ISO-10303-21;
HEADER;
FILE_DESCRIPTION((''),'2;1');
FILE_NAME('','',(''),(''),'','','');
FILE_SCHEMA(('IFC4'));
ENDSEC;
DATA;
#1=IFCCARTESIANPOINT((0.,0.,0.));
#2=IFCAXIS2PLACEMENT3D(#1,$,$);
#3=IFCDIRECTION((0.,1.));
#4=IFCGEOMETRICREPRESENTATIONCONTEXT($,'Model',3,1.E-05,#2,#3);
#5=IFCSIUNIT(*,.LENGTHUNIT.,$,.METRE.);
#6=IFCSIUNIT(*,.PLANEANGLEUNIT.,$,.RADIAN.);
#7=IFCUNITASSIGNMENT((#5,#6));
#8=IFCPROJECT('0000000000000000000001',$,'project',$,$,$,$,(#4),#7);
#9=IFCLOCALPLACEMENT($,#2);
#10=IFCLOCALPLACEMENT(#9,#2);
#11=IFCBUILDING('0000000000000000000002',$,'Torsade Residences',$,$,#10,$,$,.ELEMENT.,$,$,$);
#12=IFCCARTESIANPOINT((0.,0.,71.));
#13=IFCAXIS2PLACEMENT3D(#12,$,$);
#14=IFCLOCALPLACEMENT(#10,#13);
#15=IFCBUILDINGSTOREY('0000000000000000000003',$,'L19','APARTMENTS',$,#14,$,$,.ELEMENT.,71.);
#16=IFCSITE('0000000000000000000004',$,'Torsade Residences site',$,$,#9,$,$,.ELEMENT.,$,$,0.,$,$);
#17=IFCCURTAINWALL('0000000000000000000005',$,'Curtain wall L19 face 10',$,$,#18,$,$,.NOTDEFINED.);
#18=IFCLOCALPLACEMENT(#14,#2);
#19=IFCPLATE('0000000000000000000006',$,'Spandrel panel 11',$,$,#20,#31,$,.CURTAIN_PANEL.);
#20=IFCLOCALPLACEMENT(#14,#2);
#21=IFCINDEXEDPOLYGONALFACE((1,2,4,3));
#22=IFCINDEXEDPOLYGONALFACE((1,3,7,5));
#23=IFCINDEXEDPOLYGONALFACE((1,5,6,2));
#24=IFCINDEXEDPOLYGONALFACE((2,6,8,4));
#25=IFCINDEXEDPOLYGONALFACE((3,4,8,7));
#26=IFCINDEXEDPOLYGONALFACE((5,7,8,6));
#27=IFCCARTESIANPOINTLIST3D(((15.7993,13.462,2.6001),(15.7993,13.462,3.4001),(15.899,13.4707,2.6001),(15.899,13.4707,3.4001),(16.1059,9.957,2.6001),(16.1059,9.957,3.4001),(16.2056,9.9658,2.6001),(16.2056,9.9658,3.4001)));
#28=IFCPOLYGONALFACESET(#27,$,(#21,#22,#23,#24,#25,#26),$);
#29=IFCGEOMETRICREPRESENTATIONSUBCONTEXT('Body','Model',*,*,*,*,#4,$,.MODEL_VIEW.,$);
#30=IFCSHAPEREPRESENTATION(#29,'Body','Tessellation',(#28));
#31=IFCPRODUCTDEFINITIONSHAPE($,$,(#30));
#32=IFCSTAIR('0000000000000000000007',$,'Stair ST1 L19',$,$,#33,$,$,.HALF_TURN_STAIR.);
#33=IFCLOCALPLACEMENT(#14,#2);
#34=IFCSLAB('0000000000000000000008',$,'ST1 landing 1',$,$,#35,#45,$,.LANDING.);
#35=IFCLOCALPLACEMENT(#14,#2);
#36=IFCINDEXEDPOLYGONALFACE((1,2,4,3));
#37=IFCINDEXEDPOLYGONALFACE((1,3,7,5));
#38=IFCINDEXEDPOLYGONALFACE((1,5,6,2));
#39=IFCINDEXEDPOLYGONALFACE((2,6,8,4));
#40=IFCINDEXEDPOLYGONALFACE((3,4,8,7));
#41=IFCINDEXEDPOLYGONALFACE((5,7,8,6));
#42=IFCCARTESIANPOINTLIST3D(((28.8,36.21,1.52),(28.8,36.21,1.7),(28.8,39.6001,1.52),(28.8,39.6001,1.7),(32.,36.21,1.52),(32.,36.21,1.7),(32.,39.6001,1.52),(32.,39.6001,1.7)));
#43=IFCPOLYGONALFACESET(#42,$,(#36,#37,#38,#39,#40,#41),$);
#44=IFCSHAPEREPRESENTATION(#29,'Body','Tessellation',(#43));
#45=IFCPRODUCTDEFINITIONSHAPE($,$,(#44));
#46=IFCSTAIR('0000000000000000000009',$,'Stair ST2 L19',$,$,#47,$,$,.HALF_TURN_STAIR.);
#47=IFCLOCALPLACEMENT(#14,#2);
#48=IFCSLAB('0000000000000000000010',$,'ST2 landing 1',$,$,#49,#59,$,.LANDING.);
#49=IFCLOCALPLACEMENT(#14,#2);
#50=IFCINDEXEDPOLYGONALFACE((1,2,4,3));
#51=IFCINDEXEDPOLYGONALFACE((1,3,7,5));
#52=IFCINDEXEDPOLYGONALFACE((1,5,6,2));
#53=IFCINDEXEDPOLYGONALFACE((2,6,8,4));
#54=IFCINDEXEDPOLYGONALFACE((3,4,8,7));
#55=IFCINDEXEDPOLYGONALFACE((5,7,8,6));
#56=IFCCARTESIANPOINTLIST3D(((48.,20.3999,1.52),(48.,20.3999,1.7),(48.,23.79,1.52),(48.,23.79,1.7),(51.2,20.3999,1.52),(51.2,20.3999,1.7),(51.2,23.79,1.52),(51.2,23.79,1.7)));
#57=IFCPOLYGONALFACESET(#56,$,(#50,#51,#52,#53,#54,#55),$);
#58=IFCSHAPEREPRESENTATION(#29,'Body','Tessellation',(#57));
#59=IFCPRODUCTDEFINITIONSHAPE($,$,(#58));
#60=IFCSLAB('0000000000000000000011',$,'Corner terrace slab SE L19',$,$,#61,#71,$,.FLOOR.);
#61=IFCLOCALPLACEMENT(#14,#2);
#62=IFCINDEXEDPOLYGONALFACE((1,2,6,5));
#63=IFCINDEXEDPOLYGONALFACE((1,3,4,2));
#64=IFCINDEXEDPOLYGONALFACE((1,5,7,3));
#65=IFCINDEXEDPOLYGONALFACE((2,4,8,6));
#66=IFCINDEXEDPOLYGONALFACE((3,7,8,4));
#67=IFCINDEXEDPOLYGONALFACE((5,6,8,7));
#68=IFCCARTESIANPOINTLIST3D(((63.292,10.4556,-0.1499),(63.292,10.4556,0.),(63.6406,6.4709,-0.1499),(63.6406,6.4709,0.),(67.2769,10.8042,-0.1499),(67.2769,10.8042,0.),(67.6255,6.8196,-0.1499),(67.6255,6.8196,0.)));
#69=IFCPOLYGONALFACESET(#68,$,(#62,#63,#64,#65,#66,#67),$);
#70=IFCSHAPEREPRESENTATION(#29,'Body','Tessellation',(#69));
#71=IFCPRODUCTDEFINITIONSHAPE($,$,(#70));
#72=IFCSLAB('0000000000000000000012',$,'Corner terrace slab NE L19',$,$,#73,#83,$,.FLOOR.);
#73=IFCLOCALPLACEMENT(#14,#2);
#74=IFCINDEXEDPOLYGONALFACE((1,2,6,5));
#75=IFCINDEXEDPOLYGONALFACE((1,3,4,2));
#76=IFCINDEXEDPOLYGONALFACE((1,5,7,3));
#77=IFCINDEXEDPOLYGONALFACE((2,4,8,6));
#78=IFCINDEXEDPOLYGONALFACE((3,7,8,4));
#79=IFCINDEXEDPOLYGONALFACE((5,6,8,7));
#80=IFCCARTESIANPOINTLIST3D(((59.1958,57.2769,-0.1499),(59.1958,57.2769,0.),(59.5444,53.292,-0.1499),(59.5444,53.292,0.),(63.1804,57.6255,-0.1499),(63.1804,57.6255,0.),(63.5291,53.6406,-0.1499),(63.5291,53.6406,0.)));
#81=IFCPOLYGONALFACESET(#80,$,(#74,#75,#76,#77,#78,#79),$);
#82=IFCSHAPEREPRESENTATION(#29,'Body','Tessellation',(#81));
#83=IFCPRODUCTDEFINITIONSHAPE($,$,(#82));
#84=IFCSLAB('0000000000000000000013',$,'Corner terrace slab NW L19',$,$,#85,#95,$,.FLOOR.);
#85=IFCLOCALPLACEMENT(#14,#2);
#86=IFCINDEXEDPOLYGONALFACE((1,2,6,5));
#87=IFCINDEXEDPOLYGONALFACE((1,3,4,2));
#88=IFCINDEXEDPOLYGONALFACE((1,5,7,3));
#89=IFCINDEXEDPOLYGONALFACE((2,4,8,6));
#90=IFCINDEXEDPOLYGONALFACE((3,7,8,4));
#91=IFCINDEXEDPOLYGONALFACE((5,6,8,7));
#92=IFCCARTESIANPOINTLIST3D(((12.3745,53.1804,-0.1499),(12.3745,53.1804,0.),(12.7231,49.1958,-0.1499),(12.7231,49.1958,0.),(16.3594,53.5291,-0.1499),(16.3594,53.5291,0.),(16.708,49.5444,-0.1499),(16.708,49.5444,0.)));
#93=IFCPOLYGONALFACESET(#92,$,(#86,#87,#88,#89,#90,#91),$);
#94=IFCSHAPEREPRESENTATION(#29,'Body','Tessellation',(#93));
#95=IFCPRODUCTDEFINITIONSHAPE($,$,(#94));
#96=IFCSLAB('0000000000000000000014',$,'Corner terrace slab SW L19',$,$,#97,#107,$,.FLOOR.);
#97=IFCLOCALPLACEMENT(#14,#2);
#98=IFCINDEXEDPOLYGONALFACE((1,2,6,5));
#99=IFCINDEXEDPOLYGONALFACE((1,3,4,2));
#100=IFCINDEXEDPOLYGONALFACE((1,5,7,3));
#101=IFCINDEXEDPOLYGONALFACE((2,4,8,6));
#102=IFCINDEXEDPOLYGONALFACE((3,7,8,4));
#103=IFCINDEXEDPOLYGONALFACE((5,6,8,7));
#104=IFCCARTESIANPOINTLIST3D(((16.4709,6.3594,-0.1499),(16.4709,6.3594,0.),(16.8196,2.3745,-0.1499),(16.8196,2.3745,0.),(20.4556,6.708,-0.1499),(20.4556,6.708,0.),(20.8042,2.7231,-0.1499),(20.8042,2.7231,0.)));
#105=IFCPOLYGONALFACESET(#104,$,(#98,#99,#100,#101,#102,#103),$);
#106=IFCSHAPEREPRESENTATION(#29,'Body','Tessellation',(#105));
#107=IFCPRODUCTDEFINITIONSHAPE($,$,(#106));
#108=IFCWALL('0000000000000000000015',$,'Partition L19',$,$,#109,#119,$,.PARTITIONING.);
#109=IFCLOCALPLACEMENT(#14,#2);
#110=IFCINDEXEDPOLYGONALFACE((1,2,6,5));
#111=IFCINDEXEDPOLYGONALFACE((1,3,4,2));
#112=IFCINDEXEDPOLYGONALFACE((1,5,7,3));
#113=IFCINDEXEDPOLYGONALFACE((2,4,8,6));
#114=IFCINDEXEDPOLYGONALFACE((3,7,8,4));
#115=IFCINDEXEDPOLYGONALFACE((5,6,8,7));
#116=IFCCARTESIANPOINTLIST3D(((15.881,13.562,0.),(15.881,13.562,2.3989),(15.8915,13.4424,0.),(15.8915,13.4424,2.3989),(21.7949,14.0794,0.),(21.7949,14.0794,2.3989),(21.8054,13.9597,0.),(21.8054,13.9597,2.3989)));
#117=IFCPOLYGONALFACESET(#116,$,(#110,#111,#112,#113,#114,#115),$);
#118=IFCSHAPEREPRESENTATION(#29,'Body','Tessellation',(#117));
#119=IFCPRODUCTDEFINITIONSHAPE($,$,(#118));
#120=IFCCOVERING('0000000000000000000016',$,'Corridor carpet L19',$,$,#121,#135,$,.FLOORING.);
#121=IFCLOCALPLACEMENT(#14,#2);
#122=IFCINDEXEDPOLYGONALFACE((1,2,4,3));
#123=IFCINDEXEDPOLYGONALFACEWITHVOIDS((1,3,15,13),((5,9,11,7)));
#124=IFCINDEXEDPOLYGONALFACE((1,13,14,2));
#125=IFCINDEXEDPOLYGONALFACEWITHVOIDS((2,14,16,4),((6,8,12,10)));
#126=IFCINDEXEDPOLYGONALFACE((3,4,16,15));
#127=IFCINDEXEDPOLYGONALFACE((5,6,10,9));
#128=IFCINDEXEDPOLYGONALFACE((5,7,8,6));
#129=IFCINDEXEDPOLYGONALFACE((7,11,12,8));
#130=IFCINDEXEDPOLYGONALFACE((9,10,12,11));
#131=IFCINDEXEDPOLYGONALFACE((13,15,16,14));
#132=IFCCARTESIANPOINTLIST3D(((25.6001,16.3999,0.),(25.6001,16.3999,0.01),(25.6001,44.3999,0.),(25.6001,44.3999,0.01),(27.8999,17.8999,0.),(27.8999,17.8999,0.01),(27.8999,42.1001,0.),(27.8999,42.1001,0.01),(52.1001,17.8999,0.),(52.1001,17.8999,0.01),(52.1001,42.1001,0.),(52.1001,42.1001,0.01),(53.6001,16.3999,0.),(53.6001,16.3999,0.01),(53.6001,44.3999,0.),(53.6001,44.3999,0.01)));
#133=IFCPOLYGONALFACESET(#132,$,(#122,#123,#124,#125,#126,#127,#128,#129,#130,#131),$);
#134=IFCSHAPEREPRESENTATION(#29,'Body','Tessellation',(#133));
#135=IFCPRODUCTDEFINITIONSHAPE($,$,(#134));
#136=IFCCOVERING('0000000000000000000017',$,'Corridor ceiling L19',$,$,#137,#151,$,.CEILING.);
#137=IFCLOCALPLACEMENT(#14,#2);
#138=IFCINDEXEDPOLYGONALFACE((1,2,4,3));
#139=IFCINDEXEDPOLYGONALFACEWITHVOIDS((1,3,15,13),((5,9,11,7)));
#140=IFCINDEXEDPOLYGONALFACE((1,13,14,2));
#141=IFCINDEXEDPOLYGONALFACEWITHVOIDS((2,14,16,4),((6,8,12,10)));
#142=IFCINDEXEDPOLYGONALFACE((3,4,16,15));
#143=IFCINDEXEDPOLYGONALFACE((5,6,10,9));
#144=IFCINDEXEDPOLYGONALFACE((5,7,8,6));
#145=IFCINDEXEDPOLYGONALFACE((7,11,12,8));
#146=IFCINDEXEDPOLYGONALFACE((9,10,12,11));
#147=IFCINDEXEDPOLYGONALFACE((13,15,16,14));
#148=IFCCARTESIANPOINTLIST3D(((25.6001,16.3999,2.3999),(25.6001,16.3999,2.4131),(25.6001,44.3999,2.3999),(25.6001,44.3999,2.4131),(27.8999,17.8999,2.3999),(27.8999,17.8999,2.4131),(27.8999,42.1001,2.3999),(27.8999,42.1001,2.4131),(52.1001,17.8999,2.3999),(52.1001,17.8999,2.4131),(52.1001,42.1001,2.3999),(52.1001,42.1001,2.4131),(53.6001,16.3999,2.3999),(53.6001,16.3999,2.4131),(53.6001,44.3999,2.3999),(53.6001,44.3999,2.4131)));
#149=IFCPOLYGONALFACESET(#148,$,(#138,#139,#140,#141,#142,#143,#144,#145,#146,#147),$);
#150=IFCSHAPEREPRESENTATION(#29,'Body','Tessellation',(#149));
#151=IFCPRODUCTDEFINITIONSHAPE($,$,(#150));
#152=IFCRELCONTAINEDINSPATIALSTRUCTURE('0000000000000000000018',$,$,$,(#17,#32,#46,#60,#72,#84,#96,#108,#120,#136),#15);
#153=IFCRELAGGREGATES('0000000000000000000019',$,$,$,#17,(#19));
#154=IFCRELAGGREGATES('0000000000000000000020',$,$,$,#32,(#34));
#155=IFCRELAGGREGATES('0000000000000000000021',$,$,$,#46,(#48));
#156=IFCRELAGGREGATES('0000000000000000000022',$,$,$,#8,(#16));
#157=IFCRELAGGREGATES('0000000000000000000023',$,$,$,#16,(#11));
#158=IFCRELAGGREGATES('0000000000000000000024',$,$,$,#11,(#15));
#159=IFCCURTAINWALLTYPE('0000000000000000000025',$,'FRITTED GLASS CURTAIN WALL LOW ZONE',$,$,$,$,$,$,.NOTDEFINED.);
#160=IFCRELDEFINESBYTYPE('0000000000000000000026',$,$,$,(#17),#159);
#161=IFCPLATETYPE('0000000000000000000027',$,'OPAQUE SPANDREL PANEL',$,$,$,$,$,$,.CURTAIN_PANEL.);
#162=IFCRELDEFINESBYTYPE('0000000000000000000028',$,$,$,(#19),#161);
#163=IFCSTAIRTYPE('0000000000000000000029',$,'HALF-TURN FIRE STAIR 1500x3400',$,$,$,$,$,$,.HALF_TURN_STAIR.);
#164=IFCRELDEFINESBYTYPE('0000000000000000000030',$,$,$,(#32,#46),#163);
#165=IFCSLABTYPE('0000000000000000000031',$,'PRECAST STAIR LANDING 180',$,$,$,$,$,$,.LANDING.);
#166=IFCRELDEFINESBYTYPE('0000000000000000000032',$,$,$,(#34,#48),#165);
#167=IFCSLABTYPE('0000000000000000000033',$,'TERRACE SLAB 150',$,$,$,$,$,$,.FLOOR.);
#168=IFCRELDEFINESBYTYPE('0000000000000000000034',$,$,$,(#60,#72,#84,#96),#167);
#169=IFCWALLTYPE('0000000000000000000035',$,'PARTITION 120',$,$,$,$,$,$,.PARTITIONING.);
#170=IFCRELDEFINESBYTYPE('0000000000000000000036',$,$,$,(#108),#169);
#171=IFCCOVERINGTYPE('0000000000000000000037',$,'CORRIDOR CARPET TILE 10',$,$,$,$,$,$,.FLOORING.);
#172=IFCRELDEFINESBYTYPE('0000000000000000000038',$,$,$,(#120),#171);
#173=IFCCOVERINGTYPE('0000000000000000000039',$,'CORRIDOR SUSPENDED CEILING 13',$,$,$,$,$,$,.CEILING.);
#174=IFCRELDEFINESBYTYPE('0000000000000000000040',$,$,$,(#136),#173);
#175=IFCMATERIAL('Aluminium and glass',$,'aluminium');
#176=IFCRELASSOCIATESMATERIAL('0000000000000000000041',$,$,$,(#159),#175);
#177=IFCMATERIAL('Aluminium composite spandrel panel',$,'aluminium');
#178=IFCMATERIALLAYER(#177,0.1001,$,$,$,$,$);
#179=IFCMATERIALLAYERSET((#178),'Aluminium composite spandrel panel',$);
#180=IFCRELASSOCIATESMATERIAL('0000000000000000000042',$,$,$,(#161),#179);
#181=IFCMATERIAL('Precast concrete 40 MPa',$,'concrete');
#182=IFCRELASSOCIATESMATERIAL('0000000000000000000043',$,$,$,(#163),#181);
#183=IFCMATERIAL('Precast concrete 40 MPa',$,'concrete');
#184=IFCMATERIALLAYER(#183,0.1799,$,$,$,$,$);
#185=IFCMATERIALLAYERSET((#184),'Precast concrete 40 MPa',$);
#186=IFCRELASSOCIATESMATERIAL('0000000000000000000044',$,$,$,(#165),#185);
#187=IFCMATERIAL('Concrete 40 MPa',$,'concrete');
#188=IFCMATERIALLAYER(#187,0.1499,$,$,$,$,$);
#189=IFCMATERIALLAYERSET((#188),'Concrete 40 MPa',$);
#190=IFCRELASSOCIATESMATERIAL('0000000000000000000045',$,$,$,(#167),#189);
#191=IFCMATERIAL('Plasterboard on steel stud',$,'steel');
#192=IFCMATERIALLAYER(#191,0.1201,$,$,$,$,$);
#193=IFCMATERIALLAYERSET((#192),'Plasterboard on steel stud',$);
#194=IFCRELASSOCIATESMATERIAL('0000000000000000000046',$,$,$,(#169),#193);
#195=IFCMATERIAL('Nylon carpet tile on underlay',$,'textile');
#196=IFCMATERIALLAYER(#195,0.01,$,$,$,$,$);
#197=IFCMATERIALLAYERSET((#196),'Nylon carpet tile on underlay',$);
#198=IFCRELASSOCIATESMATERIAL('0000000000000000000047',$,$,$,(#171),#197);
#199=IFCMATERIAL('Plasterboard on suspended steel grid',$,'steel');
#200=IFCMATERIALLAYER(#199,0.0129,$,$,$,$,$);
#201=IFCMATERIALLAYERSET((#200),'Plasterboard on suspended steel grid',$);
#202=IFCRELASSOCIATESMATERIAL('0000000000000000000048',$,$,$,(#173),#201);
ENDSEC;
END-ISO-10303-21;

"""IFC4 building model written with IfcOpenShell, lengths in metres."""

from ifc_helpers import new_model, si_unit, direction, frame, frame_2d, origin, origin_2d, place, context, subcontext, project, spatial, polyline, rectangle, outline, extrude, material, layer, layer_set, type_object, element, aggregate, save


model = new_model("IFC4")

# Units and contexts
model_context = context("Model", 3, precision=1e-05, world=origin(), true_north=direction((0.0, 1.0)))
body_context = subcontext(model_context, "Body", "Model", "MODEL_VIEW")
ifc_project = project(units=[si_unit("LENGTHUNIT", "METRE"), si_unit("PLANEANGLEUNIT", "RADIAN")], contexts=[model_context])

# Site, building, storey
site_placement = place(None, origin())
site = spatial("IfcSite", under=ifc_project, at=site_placement, Name="Torsade Residences site", CompositionType="ELEMENT", RefElevation=0.0)
building_placement = place(site_placement, origin())
building = spatial("IfcBuilding", under=site, at=building_placement, Name="Torsade Residences", CompositionType="ELEMENT")
storey_placement = place(building_placement, frame((0.0, 0.0, 71.0)))
storey = spatial("IfcBuildingStorey", under=building, at=storey_placement, Name="L19", Description="APARTMENTS", CompositionType="ELEMENT", Elevation=71.0)

# Curtain wall
ifc_material_1 = material(Name="Aluminium and glass", Category="aluminium")
curtain_wall_type = type_object("IfcCurtainWallType", Name="FRITTED GLASS CURTAIN WALL LOW ZONE", PredefinedType="NOTDEFINED", material=ifc_material_1)
curtain_wall_placement = place(storey_placement, origin())
curtain_wall = element("IfcCurtainWall", 1, at=curtain_wall_placement, inside=storey, type_object=curtain_wall_type, Name="Curtain wall L19 face 10", PredefinedType="NOTDEFINED")

# Plate
ifc_material_2 = material(Name="Aluminium composite spandrel panel", Category="aluminium")
ifc_layer_1 = layer(ifc_material_2, 0.1001)
ifc_layer_set_1 = layer_set([ifc_layer_1], Name="Aluminium composite spandrel panel")
plate_type_1 = type_object("IfcPlateType", Name="OPAQUE SPANDREL PANEL", PredefinedType="CURTAIN_PANEL", material=ifc_layer_set_1)
plate_1_placement = place(storey_placement, frame((16.0024, 11.7139, 2.6001), z_axis=(0.0, 0.0, 1.0), x_axis=(0.087156, -0.996195, 0.0)))
plate_1 = element("IfcPlate", 2, at=plate_1_placement, type_object=plate_type_1, Name="Spandrel panel 11", PredefinedType="CURTAIN_PANEL", context=body_context, shape_type="SweptSolid", body=[
    extrude(rectangle(XDim=3.5183, YDim=0.1001, at=origin_2d()), origin(), (0.0, 0.0, 1.0), 0.8),
])
aggregate(curtain_wall, [plate_1])

# Stairs, slabs
ifc_material_3 = material(Name="Precast concrete 40 MPa", Category="concrete")
stair_type = type_object("IfcStairType", Name="HALF-TURN FIRE STAIR 1500x3400", PredefinedType="HALF_TURN_STAIR", material=ifc_material_3)
stair_1_placement = place(storey_placement, origin())
stair_1 = element("IfcStair", 3, at=stair_1_placement, inside=storey, type_object=stair_type, Name="Stair ST1 L19", PredefinedType="HALF_TURN_STAIR")
ifc_material_4 = material(Name="Precast concrete 40 MPa", Category="concrete")
ifc_layer_2 = layer(ifc_material_4, 0.1799)
ifc_layer_set_2 = layer_set([ifc_layer_2], Name="Precast concrete 40 MPa")
slab_type_1 = type_object("IfcSlabType", Name="PRECAST STAIR LANDING 180", PredefinedType="LANDING", material=ifc_layer_set_2)
slab_1_placement = place(storey_placement, frame((0.0, 0.0, 1.52)))
slab_1 = element("IfcSlab", 4, at=slab_1_placement, type_object=slab_type_1, Name="ST1 landing 1", PredefinedType="LANDING", context=body_context, shape_type="SweptSolid", body=[
    extrude(outline(polyline([(28.8, 36.21), (32.0, 36.21), (32.0, 39.6001), (28.8, 39.6001), (28.8, 36.21)])), origin(), (0.0, 0.0, 1.0), 0.1799),
])
aggregate(stair_1, [slab_1])
stair_2_placement = place(storey_placement, origin())
stair_2 = element("IfcStair", 5, at=stair_2_placement, inside=storey, type_object=stair_type, Name="Stair ST2 L19", PredefinedType="HALF_TURN_STAIR")
slab_2_placement = place(storey_placement, frame((0.0, 0.0, 1.52)))
slab_2 = element("IfcSlab", 6, at=slab_2_placement, type_object=slab_type_1, Name="ST2 landing 1", PredefinedType="LANDING", context=body_context, shape_type="SweptSolid", body=[
    extrude(outline(polyline([(48.0, 20.3999), (51.2, 20.3999), (51.2, 23.79), (48.0, 23.79), (48.0, 20.3999)])), origin(), (0.0, 0.0, 1.0), 0.1799),
])
aggregate(stair_2, [slab_2])

# Slabs
ifc_material_5 = material(Name="Concrete 40 MPa", Category="concrete")
ifc_layer_3 = layer(ifc_material_5, 0.1499)
ifc_layer_set_3 = layer_set([ifc_layer_3], Name="Concrete 40 MPa")
slab_type_2 = type_object("IfcSlabType", Name="TERRACE SLAB 150", PredefinedType="FLOOR", material=ifc_layer_set_3)
slab_3_placement = place(storey_placement, frame((0.0, 0.0, -0.1499)))
element("IfcSlab", 7, at=slab_3_placement, inside=storey, type_object=slab_type_2, Name="Corner terrace slab SE L19", PredefinedType="FLOOR", context=body_context, shape_type="SweptSolid", body=[
    extrude(outline(polyline([(63.6406, 6.4709), (67.6255, 6.8196), (67.2769, 10.8042), (63.292, 10.4556), (63.6406, 6.4709)])), origin(), (0.0, 0.0, 1.0), 0.1499),
])
slab_4_placement = place(storey_placement, frame((0.0, 0.0, -0.1499)))
element("IfcSlab", 8, at=slab_4_placement, inside=storey, type_object=slab_type_2, Name="Corner terrace slab NE L19", PredefinedType="FLOOR", context=body_context, shape_type="SweptSolid", body=[
    extrude(outline(polyline([(59.5444, 53.292), (63.5291, 53.6406), (63.1804, 57.6255), (59.1958, 57.2769), (59.5444, 53.292)])), origin(), (0.0, 0.0, 1.0), 0.1499),
])
slab_5_placement = place(storey_placement, frame((0.0, 0.0, -0.1499)))
element("IfcSlab", 9, at=slab_5_placement, inside=storey, type_object=slab_type_2, Name="Corner terrace slab NW L19", PredefinedType="FLOOR", context=body_context, shape_type="SweptSolid", body=[
    extrude(outline(polyline([(12.7231, 49.1958), (16.708, 49.5444), (16.3594, 53.5291), (12.3745, 53.1804), (12.7231, 49.1958)])), origin(), (0.0, 0.0, 1.0), 0.1499),
])
slab_6_placement = place(storey_placement, frame((0.0, 0.0, -0.1499)))
element("IfcSlab", 10, at=slab_6_placement, inside=storey, type_object=slab_type_2, Name="Corner terrace slab SW L19", PredefinedType="FLOOR", context=body_context, shape_type="SweptSolid", body=[
    extrude(outline(polyline([(16.8196, 2.3745), (20.8042, 2.7231), (20.4556, 6.708), (16.4709, 6.3594), (16.8196, 2.3745)])), origin(), (0.0, 0.0, 1.0), 0.1499),
])

# Wall
ifc_material_6 = material(Name="Plasterboard on steel stud", Category="steel")
ifc_layer_4 = layer(ifc_material_6, 0.1201)
ifc_layer_set_4 = layer_set([ifc_layer_4], Name="Plasterboard on steel stud")
wall_type = type_object("IfcWallType", Name="PARTITION 120", PredefinedType="PARTITIONING", material=ifc_layer_set_4)
wall_placement = place(storey_placement, frame((15.8862, 13.5022, 0.0), z_axis=(0.0, 0.0, 1.0), x_axis=(0.996196, 0.087146, 0.0)))
element("IfcWall", 11, at=wall_placement, inside=storey, type_object=wall_type, Name="Partition L19", PredefinedType="PARTITIONING", context=body_context, shape_type="SweptSolid", body=[
    extrude(rectangle(XDim=5.9365, YDim=0.1201, at=frame_2d((2.9683, 0.0))), origin(), (0.0, 0.0, 1.0), 2.3989),
])

# Coverings
ifc_material_7 = material(Name="Nylon carpet tile on underlay", Category="textile")
ifc_layer_5 = layer(ifc_material_7, 0.01)
ifc_layer_set_5 = layer_set([ifc_layer_5], Name="Nylon carpet tile on underlay")
covering_type_1 = type_object("IfcCoveringType", Name="CORRIDOR CARPET TILE 10", PredefinedType="FLOORING", material=ifc_layer_set_5)
covering_1_placement = place(storey_placement, origin())
element("IfcCovering", 12, at=covering_1_placement, inside=storey, type_object=covering_type_1, Name="Corridor carpet L19", PredefinedType="FLOORING", context=body_context, shape_type="SweptSolid", body=[
    extrude(outline(polyline([(53.6001, 16.3999), (53.6001, 44.3999), (25.6001, 44.3999), (25.6001, 16.3999), (53.6001, 16.3999)]), holes=[polyline([(52.1001, 42.1001), (27.8999, 42.1001), (27.8999, 17.8999), (52.1001, 17.8999), (52.1001, 42.1001)])]), origin(), (0.0, 0.0, 1.0), 0.01),
])
ifc_material_8 = material(Name="Plasterboard on suspended steel grid", Category="steel")
ifc_layer_6 = layer(ifc_material_8, 0.0129)
ifc_layer_set_6 = layer_set([ifc_layer_6], Name="Plasterboard on suspended steel grid")
covering_type_2 = type_object("IfcCoveringType", Name="CORRIDOR SUSPENDED CEILING 13", PredefinedType="CEILING", material=ifc_layer_set_6)
covering_2_placement = place(storey_placement, frame((0.0, 0.0, 2.3999)))
element("IfcCovering", 13, at=covering_2_placement, inside=storey, type_object=covering_type_2, Name="Corridor ceiling L19", PredefinedType="CEILING", context=body_context, shape_type="SweptSolid", body=[
    extrude(outline(polyline([(53.6001, 16.3999), (53.6001, 44.3999), (25.6001, 44.3999), (25.6001, 16.3999), (53.6001, 16.3999)]), holes=[polyline([(52.1001, 42.1001), (27.8999, 42.1001), (27.8999, 17.8999), (52.1001, 17.8999), (52.1001, 42.1001)])]), origin(), (0.0, 0.0, 1.0), 0.0132),
])

save(model, "model.ifc")
